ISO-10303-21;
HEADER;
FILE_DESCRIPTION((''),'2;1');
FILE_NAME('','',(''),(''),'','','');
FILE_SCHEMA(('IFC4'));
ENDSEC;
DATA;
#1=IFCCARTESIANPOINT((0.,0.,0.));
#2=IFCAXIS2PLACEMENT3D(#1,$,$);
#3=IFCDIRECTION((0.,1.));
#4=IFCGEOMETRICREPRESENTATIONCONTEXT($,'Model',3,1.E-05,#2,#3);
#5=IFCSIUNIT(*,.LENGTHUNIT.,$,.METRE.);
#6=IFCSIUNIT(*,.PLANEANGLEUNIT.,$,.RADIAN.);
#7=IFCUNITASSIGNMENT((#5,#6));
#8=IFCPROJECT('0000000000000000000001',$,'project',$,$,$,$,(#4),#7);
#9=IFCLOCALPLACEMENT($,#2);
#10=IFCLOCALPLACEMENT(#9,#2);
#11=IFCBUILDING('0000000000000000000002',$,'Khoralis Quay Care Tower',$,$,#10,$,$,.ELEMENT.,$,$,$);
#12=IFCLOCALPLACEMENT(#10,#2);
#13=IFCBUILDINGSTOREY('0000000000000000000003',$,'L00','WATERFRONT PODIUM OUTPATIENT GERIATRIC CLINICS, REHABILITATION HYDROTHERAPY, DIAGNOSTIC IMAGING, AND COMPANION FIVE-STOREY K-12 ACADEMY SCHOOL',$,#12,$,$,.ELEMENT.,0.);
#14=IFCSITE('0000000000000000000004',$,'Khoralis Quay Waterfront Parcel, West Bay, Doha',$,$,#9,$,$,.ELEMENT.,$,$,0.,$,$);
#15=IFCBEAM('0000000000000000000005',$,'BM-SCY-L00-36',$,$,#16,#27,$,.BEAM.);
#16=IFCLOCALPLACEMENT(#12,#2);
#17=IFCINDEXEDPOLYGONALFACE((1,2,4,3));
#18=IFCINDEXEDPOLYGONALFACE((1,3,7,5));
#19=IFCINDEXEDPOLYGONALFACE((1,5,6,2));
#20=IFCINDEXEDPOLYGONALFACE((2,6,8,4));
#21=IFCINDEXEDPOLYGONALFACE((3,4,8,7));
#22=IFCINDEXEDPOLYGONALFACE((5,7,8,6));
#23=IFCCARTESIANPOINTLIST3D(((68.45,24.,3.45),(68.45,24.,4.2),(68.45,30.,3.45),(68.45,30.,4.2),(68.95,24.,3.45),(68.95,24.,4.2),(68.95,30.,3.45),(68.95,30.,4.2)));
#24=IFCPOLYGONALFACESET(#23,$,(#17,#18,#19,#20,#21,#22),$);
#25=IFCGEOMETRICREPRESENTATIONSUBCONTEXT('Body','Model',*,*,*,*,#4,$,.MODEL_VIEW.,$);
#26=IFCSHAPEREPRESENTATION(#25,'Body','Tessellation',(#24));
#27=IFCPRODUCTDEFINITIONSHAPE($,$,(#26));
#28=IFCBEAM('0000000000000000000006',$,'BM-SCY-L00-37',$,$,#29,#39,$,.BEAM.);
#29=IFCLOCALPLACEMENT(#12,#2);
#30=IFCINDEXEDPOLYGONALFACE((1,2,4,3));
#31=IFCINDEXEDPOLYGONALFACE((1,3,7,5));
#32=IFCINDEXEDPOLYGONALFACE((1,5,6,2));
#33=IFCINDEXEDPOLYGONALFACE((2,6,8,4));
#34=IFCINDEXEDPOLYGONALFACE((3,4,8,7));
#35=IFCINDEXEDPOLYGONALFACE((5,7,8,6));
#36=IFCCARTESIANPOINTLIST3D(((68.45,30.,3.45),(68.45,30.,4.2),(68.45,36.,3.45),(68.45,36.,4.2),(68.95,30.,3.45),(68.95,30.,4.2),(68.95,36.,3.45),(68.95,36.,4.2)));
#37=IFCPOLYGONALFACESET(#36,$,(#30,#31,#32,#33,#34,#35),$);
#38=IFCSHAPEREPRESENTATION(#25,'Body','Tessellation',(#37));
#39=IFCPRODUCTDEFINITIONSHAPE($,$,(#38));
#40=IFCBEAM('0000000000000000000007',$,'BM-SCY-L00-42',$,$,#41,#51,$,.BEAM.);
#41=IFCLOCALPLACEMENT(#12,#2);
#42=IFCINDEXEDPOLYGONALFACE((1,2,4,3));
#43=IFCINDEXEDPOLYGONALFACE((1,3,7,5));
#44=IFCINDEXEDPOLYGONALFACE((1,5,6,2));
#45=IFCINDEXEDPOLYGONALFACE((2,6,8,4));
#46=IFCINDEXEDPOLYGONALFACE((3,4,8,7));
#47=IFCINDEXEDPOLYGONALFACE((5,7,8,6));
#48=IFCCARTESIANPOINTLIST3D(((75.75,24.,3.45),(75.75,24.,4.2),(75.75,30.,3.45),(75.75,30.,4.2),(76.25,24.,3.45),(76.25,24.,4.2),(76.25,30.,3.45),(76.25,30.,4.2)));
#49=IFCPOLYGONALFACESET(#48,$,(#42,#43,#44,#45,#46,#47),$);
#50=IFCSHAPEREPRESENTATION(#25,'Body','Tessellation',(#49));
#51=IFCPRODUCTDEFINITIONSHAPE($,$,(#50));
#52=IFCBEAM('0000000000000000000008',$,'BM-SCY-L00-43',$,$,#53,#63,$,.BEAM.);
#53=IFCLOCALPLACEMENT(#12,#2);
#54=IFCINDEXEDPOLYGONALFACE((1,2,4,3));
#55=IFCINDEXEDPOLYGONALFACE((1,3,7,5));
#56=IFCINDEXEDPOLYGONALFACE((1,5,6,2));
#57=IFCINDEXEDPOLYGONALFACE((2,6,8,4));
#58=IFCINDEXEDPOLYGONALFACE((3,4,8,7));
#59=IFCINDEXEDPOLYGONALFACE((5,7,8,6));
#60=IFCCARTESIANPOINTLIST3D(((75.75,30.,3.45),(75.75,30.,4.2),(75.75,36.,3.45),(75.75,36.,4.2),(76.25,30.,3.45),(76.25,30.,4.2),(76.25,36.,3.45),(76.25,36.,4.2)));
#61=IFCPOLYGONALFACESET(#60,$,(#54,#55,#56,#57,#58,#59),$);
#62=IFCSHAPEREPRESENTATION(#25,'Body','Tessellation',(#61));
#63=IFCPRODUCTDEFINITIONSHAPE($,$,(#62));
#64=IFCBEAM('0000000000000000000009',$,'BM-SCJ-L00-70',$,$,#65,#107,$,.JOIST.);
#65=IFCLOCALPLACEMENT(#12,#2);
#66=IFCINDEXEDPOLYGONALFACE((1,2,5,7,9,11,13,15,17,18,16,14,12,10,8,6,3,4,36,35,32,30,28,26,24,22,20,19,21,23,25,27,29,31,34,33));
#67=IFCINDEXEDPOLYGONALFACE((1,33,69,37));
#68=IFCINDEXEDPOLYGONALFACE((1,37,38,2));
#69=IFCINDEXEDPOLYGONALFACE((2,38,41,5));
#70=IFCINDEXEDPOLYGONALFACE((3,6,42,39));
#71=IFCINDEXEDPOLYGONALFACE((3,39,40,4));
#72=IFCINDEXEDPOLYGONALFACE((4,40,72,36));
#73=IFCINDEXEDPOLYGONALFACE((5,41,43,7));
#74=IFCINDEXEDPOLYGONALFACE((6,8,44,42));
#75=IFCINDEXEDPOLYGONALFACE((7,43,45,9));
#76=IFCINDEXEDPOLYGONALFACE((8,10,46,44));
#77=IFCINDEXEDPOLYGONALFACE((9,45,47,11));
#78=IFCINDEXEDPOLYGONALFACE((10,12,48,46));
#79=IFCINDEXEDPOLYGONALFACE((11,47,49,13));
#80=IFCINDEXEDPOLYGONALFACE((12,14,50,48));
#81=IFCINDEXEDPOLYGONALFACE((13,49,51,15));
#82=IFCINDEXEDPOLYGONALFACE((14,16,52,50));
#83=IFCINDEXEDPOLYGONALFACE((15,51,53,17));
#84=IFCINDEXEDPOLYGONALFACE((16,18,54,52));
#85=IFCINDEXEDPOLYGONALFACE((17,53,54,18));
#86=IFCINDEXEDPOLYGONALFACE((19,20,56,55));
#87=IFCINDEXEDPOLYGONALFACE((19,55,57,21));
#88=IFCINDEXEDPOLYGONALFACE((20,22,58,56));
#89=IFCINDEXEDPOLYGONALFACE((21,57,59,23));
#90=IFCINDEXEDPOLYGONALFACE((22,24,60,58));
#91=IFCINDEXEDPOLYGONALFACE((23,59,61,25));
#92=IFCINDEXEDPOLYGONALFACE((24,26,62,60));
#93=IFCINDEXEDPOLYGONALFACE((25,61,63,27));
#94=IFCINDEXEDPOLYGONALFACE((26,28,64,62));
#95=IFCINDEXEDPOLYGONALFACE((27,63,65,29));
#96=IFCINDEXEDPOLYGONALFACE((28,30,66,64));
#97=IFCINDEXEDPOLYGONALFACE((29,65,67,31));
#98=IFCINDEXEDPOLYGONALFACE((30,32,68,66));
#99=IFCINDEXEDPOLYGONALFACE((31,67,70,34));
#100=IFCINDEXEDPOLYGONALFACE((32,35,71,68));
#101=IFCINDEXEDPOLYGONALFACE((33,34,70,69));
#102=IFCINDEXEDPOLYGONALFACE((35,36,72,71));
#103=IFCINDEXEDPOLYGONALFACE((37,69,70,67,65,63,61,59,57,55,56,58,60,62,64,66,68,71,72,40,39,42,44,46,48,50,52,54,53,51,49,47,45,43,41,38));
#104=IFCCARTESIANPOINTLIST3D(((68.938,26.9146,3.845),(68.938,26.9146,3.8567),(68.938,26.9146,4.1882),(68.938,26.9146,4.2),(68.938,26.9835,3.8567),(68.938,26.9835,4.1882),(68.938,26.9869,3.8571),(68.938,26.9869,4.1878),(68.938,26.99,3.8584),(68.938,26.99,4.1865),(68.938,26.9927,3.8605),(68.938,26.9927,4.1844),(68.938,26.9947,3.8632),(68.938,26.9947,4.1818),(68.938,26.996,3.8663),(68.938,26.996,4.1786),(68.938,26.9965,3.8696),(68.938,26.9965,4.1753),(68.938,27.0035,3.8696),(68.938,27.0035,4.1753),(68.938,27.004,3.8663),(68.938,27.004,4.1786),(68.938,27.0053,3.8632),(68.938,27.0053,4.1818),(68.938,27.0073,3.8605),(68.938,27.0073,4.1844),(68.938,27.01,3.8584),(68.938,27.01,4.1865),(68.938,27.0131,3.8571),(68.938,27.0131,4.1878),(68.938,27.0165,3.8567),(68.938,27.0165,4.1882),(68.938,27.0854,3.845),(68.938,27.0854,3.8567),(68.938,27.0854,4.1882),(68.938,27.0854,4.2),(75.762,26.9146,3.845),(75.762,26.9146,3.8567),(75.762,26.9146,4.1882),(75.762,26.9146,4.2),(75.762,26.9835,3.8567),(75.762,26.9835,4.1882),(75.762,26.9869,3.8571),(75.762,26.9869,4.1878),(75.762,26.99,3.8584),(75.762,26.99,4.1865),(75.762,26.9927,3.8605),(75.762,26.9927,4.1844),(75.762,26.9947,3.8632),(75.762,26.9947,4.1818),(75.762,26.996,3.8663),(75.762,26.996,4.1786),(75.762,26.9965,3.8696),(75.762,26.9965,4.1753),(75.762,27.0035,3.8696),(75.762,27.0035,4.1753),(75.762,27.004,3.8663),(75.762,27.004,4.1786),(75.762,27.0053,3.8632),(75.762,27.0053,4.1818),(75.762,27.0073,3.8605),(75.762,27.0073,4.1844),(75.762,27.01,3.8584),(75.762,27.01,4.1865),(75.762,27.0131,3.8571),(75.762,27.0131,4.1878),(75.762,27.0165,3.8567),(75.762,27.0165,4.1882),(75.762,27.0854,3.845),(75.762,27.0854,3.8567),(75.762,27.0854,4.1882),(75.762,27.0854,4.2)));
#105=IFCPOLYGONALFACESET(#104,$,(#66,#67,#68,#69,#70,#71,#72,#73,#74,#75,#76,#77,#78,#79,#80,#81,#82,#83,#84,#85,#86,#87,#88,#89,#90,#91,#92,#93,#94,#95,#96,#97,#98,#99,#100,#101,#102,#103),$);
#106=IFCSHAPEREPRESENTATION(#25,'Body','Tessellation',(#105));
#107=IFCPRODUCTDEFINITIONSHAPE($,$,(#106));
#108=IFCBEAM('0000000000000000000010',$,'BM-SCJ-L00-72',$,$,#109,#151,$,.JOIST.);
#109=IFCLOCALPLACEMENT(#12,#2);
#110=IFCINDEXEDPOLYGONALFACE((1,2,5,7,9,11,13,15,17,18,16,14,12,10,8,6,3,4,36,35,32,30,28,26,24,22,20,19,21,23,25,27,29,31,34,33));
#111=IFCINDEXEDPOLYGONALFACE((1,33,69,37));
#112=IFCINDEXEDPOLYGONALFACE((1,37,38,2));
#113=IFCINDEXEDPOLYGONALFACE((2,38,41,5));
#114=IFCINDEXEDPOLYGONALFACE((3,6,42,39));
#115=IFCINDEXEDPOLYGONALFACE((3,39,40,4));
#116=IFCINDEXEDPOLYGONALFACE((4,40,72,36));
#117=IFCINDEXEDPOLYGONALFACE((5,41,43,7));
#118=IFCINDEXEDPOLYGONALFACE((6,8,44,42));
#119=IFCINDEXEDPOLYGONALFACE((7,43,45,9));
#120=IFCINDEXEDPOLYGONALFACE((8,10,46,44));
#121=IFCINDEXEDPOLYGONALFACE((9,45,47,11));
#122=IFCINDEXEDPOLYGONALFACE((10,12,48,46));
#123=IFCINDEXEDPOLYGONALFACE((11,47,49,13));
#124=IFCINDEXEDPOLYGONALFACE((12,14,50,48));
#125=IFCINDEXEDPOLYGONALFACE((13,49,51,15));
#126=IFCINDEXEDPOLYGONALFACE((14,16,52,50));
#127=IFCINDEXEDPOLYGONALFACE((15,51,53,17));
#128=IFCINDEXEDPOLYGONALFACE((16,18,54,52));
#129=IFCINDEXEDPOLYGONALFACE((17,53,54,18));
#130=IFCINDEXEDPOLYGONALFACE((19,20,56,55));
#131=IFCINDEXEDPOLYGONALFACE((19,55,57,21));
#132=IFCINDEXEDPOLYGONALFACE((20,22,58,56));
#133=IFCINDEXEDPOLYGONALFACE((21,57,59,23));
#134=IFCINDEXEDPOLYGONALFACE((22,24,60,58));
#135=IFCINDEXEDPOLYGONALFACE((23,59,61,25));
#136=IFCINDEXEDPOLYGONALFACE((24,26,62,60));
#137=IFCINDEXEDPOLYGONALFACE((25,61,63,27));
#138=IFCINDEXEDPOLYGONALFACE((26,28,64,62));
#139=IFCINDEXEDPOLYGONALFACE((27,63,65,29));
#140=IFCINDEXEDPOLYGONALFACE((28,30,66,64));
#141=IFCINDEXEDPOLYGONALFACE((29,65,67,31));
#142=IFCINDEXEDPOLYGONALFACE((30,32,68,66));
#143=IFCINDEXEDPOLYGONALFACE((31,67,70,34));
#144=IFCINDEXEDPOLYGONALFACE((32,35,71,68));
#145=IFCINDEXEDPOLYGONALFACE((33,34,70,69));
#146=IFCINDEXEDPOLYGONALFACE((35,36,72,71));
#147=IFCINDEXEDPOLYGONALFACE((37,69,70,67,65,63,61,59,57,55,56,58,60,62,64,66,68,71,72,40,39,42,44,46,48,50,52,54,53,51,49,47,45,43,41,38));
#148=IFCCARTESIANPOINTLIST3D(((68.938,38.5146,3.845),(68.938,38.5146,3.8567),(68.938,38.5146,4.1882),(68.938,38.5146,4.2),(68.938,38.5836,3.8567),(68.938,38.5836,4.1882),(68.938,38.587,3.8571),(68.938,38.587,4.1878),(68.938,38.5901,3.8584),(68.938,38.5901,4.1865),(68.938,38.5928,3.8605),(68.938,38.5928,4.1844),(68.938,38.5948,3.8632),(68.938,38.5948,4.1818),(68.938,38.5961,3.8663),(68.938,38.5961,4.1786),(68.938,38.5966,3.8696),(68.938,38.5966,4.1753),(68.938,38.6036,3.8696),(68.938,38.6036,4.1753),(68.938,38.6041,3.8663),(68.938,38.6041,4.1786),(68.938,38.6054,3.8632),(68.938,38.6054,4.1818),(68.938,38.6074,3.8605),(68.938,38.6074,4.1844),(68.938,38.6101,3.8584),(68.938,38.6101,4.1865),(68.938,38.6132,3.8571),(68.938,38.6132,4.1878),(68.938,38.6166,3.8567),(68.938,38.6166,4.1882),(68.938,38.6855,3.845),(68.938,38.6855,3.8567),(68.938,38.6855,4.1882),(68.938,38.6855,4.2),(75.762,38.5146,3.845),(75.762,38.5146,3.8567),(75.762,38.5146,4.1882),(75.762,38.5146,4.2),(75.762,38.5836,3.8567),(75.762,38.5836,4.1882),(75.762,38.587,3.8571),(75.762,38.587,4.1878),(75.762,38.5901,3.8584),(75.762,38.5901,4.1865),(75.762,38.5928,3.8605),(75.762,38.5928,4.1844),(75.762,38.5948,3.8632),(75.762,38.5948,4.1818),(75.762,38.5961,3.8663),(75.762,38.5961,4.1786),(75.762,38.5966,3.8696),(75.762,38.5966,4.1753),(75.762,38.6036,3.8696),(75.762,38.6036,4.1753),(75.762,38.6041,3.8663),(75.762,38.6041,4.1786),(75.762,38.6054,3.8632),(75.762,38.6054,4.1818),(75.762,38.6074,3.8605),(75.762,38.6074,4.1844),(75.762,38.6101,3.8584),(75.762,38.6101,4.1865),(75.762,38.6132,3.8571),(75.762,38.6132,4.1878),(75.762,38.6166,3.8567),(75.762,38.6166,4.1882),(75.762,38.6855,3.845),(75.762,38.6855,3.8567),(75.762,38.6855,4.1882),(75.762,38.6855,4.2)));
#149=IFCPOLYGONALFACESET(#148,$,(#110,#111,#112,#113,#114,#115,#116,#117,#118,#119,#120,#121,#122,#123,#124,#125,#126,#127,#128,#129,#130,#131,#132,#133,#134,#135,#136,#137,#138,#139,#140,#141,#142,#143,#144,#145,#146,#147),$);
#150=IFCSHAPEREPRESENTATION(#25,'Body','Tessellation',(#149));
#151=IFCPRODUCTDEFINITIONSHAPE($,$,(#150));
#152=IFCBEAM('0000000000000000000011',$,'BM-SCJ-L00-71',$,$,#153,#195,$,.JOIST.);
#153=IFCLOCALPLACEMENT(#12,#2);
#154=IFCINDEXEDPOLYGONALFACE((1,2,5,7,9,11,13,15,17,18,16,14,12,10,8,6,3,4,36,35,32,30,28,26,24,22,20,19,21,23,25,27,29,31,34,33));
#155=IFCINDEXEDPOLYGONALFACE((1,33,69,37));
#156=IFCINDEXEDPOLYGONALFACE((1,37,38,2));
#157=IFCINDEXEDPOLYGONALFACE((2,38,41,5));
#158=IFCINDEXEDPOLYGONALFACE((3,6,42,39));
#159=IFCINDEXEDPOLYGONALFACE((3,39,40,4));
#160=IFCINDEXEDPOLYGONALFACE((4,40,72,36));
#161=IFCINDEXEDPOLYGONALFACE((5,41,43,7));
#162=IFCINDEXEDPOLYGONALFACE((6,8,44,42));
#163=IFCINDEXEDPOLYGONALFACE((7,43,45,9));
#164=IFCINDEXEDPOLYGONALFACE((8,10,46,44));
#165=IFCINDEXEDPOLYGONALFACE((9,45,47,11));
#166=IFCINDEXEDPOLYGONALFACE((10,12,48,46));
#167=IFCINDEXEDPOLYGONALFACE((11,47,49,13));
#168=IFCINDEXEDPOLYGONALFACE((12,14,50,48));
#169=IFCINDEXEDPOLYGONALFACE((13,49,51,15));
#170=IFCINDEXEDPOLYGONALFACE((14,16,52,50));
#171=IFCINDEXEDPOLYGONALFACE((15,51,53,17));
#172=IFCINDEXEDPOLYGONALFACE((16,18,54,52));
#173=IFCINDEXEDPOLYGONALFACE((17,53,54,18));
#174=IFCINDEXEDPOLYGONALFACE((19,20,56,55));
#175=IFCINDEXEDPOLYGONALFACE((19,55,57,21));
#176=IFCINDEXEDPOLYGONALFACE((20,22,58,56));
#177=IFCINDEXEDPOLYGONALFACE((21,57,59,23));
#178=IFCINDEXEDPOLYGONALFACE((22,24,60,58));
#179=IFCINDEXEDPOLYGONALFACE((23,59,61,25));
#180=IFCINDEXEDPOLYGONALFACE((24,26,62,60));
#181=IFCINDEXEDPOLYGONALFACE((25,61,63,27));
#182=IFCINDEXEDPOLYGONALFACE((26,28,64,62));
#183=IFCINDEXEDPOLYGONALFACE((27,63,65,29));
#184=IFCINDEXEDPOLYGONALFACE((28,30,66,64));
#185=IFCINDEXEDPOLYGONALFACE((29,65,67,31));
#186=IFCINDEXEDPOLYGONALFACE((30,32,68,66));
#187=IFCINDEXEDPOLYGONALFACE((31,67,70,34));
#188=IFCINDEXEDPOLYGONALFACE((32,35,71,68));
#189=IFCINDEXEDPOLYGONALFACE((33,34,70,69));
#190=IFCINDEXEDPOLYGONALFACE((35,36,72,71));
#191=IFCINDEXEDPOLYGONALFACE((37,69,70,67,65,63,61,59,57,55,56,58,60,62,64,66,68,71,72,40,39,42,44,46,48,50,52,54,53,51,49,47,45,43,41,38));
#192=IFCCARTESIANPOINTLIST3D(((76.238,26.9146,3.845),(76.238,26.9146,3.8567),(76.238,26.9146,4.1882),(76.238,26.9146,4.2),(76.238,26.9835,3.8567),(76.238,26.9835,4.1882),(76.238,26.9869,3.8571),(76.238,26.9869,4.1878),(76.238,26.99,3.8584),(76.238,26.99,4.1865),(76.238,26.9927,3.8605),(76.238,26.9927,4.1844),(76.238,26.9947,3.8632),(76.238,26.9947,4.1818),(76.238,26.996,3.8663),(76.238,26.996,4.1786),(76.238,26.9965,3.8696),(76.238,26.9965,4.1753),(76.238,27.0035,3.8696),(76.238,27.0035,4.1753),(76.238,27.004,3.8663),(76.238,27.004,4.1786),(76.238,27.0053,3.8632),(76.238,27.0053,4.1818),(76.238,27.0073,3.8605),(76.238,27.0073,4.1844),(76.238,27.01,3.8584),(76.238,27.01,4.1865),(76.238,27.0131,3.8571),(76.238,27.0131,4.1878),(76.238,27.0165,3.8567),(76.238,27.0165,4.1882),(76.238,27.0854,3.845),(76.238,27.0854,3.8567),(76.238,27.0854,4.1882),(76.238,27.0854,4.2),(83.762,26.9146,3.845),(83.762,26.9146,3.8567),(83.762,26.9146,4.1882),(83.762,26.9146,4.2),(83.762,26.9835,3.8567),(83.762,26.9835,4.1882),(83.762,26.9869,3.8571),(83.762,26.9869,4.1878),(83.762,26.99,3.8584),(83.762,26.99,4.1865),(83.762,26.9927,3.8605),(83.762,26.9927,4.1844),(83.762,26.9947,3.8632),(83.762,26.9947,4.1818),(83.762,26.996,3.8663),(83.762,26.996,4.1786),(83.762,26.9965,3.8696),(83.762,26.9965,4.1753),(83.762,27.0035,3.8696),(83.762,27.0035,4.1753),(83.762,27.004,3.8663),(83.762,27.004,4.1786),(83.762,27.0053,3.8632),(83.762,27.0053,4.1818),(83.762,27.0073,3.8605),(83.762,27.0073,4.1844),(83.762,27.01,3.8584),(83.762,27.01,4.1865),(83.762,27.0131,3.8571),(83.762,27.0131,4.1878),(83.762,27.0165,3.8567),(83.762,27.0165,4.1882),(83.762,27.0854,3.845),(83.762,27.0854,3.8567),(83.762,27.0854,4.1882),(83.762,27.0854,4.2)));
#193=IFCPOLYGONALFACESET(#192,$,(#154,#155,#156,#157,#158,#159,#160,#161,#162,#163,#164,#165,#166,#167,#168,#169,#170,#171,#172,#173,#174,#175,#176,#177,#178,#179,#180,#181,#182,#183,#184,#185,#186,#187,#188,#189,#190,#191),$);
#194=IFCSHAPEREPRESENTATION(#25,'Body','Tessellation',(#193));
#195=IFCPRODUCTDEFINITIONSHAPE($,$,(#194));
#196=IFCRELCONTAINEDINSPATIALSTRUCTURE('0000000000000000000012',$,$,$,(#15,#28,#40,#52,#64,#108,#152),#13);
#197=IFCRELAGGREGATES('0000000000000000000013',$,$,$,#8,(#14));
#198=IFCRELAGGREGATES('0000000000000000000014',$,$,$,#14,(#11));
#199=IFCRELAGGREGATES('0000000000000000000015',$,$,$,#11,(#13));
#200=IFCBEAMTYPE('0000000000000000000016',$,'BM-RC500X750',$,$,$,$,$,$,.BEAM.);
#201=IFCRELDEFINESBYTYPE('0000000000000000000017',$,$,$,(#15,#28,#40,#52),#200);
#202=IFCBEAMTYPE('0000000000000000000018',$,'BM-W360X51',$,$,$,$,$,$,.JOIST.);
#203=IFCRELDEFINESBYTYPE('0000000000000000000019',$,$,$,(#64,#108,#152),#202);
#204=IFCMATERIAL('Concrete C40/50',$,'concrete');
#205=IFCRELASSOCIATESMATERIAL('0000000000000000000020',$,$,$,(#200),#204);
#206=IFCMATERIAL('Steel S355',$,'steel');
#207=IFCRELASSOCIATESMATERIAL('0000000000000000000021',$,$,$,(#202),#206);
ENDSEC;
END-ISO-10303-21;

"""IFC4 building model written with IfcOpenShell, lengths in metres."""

from ifc_helpers import new_model, si_unit, direction, frame, origin, origin_2d, place, context, subcontext, project, spatial, rectangle, i_section, extrude, source, transform, mapped, material, material_profile, profile_set, type_object, element, save


model = new_model("IFC4")

# Units and contexts
model_context = context("Model", 3, precision=1e-05, world=origin(), true_north=direction((0.0, 1.0)))
body_context = subcontext(model_context, "Body", "Model", "MODEL_VIEW")
ifc_project = project(units=[si_unit("LENGTHUNIT", "METRE"), si_unit("PLANEANGLEUNIT", "RADIAN")], contexts=[model_context])

# Site, building, storey
site_placement = place(None, origin())
site = spatial("IfcSite", under=ifc_project, at=site_placement, Name="Khoralis Quay Waterfront Parcel, West Bay, Doha", CompositionType="ELEMENT", RefElevation=0.0)
building_placement = place(site_placement, origin())
building = spatial("IfcBuilding", under=site, at=building_placement, Name="Khoralis Quay Care Tower", CompositionType="ELEMENT")
storey_placement = place(building_placement, origin())
storey = spatial("IfcBuildingStorey", under=building, at=storey_placement, Name="L00", Description="WATERFRONT PODIUM OUTPATIENT GERIATRIC CLINICS, REHABILITATION HYDROTHERAPY, DIAGNOSTIC IMAGING, AND COMPANION FIVE-STOREY K-12 ACADEMY SCHOOL", CompositionType="ELEMENT", Elevation=0.0)

# Shared definitions
ifc_material_1 = material(Name="Concrete C40/50", Category="concrete")

# Beams
ifc_material_profile_1 = material_profile(ifc_material_1, rectangle(XDim=0.5, YDim=0.75, at=origin_2d()), Name="Concrete C40/50")
ifc_profile_set_1 = profile_set([ifc_material_profile_1], Name="Concrete C40/50")
beam_type_1 = type_object("IfcBeamType", Name="BM-RC500X750", PredefinedType="BEAM", material=ifc_profile_set_1)
shared_shape_1 = source(origin(), body_context, "Body", "SweptSolid", [
    extrude(rectangle(XDim=0.5, YDim=0.75, at=origin_2d()), origin(), (0.0, 0.0, 1.0), 6.0),
])
for number, where, z_axis, x_axis, name in (
    (1, (68.7, 24.0, 3.825), (0.0, 1.0, 0.0), (-1.0, 0.0, 0.0), "BM-SCY-L00-36"),
    (2, (68.7, 30.0, 3.825), (0.0, 1.0, 0.0), (-1.0, 0.0, 0.0), "BM-SCY-L00-37"),
    (3, (76.0, 24.0, 3.825), (0.0, 1.0, 0.0), (-1.0, 0.0, 0.0), "BM-SCY-L00-42"),
    (4, (76.0, 30.0, 3.825), (0.0, 1.0, 0.0), (-1.0, 0.0, 0.0), "BM-SCY-L00-43"),
):
    element("IfcBeam", number, at=place(storey_placement, frame(where, z_axis=z_axis, x_axis=x_axis)), inside=storey, type_object=beam_type_1, Name=name, PredefinedType="BEAM", context=body_context, shape_type="MappedRepresentation", body=[
        mapped(shared_shape_1, transform((0.0, 0.0, 0.0), scale=1.0)),
    ])
ifc_material_2 = material(Name="Steel S355", Category="steel")
ifc_material_profile_2 = material_profile(ifc_material_2, i_section(OverallWidth=0.1709, OverallDepth=0.355, WebThickness=0.0071, FlangeThickness=0.0117, FilletRadius=0.0129, at=origin_2d()), Name="Steel S355")
ifc_profile_set_2 = profile_set([ifc_material_profile_2], Name="Steel S355")
beam_type_2 = type_object("IfcBeamType", Name="BM-W360X51", PredefinedType="JOIST", material=ifc_profile_set_2)
shared_shape_2 = source(origin(), body_context, "Body", "SweptSolid", [
    extrude(i_section(OverallWidth=0.1709, OverallDepth=0.355, WebThickness=0.0071, FlangeThickness=0.0117, FilletRadius=0.0129, at=origin_2d()), origin(), (0.0, 0.0, 1.0), 6.824),
])
for number, where, z_axis, x_axis, name in (
    (5, (68.938, 27.0, 4.0225), (1.0, 0.0, 0.0), (0.0, 1.0, 0.0), "BM-SCJ-L00-70"),
    (6, (68.938, 38.6001, 4.0225), (1.0, 0.0, 0.0), (0.0, 1.0, 0.0), "BM-SCJ-L00-72"),
):
    element("IfcBeam", number, at=place(storey_placement, frame(where, z_axis=z_axis, x_axis=x_axis)), inside=storey, type_object=beam_type_2, Name=name, PredefinedType="JOIST", context=body_context, shape_type="MappedRepresentation", body=[
        mapped(shared_shape_2, transform((0.0, 0.0, 0.0), scale=1.0)),
    ])
shared_shape_3 = source(origin(), body_context, "Body", "SweptSolid", [
    extrude(i_section(OverallWidth=0.1709, OverallDepth=0.355, WebThickness=0.0071, FlangeThickness=0.0117, FilletRadius=0.0129, at=origin_2d()), origin(), (0.0, 0.0, 1.0), 7.5239),
])
for number, where, z_axis, x_axis, name in (
    (7, (76.238, 27.0, 4.0225), (1.0, 0.0, 0.0), (0.0, 1.0, 0.0), "BM-SCJ-L00-71"),
):
    element("IfcBeam", number, at=place(storey_placement, frame(where, z_axis=z_axis, x_axis=x_axis)), inside=storey, type_object=beam_type_2, Name=name, PredefinedType="JOIST", context=body_context, shape_type="MappedRepresentation", body=[
        mapped(shared_shape_3, transform((0.0, 0.0, 0.0), scale=1.0)),
    ])

save(model, "model.ifc")
